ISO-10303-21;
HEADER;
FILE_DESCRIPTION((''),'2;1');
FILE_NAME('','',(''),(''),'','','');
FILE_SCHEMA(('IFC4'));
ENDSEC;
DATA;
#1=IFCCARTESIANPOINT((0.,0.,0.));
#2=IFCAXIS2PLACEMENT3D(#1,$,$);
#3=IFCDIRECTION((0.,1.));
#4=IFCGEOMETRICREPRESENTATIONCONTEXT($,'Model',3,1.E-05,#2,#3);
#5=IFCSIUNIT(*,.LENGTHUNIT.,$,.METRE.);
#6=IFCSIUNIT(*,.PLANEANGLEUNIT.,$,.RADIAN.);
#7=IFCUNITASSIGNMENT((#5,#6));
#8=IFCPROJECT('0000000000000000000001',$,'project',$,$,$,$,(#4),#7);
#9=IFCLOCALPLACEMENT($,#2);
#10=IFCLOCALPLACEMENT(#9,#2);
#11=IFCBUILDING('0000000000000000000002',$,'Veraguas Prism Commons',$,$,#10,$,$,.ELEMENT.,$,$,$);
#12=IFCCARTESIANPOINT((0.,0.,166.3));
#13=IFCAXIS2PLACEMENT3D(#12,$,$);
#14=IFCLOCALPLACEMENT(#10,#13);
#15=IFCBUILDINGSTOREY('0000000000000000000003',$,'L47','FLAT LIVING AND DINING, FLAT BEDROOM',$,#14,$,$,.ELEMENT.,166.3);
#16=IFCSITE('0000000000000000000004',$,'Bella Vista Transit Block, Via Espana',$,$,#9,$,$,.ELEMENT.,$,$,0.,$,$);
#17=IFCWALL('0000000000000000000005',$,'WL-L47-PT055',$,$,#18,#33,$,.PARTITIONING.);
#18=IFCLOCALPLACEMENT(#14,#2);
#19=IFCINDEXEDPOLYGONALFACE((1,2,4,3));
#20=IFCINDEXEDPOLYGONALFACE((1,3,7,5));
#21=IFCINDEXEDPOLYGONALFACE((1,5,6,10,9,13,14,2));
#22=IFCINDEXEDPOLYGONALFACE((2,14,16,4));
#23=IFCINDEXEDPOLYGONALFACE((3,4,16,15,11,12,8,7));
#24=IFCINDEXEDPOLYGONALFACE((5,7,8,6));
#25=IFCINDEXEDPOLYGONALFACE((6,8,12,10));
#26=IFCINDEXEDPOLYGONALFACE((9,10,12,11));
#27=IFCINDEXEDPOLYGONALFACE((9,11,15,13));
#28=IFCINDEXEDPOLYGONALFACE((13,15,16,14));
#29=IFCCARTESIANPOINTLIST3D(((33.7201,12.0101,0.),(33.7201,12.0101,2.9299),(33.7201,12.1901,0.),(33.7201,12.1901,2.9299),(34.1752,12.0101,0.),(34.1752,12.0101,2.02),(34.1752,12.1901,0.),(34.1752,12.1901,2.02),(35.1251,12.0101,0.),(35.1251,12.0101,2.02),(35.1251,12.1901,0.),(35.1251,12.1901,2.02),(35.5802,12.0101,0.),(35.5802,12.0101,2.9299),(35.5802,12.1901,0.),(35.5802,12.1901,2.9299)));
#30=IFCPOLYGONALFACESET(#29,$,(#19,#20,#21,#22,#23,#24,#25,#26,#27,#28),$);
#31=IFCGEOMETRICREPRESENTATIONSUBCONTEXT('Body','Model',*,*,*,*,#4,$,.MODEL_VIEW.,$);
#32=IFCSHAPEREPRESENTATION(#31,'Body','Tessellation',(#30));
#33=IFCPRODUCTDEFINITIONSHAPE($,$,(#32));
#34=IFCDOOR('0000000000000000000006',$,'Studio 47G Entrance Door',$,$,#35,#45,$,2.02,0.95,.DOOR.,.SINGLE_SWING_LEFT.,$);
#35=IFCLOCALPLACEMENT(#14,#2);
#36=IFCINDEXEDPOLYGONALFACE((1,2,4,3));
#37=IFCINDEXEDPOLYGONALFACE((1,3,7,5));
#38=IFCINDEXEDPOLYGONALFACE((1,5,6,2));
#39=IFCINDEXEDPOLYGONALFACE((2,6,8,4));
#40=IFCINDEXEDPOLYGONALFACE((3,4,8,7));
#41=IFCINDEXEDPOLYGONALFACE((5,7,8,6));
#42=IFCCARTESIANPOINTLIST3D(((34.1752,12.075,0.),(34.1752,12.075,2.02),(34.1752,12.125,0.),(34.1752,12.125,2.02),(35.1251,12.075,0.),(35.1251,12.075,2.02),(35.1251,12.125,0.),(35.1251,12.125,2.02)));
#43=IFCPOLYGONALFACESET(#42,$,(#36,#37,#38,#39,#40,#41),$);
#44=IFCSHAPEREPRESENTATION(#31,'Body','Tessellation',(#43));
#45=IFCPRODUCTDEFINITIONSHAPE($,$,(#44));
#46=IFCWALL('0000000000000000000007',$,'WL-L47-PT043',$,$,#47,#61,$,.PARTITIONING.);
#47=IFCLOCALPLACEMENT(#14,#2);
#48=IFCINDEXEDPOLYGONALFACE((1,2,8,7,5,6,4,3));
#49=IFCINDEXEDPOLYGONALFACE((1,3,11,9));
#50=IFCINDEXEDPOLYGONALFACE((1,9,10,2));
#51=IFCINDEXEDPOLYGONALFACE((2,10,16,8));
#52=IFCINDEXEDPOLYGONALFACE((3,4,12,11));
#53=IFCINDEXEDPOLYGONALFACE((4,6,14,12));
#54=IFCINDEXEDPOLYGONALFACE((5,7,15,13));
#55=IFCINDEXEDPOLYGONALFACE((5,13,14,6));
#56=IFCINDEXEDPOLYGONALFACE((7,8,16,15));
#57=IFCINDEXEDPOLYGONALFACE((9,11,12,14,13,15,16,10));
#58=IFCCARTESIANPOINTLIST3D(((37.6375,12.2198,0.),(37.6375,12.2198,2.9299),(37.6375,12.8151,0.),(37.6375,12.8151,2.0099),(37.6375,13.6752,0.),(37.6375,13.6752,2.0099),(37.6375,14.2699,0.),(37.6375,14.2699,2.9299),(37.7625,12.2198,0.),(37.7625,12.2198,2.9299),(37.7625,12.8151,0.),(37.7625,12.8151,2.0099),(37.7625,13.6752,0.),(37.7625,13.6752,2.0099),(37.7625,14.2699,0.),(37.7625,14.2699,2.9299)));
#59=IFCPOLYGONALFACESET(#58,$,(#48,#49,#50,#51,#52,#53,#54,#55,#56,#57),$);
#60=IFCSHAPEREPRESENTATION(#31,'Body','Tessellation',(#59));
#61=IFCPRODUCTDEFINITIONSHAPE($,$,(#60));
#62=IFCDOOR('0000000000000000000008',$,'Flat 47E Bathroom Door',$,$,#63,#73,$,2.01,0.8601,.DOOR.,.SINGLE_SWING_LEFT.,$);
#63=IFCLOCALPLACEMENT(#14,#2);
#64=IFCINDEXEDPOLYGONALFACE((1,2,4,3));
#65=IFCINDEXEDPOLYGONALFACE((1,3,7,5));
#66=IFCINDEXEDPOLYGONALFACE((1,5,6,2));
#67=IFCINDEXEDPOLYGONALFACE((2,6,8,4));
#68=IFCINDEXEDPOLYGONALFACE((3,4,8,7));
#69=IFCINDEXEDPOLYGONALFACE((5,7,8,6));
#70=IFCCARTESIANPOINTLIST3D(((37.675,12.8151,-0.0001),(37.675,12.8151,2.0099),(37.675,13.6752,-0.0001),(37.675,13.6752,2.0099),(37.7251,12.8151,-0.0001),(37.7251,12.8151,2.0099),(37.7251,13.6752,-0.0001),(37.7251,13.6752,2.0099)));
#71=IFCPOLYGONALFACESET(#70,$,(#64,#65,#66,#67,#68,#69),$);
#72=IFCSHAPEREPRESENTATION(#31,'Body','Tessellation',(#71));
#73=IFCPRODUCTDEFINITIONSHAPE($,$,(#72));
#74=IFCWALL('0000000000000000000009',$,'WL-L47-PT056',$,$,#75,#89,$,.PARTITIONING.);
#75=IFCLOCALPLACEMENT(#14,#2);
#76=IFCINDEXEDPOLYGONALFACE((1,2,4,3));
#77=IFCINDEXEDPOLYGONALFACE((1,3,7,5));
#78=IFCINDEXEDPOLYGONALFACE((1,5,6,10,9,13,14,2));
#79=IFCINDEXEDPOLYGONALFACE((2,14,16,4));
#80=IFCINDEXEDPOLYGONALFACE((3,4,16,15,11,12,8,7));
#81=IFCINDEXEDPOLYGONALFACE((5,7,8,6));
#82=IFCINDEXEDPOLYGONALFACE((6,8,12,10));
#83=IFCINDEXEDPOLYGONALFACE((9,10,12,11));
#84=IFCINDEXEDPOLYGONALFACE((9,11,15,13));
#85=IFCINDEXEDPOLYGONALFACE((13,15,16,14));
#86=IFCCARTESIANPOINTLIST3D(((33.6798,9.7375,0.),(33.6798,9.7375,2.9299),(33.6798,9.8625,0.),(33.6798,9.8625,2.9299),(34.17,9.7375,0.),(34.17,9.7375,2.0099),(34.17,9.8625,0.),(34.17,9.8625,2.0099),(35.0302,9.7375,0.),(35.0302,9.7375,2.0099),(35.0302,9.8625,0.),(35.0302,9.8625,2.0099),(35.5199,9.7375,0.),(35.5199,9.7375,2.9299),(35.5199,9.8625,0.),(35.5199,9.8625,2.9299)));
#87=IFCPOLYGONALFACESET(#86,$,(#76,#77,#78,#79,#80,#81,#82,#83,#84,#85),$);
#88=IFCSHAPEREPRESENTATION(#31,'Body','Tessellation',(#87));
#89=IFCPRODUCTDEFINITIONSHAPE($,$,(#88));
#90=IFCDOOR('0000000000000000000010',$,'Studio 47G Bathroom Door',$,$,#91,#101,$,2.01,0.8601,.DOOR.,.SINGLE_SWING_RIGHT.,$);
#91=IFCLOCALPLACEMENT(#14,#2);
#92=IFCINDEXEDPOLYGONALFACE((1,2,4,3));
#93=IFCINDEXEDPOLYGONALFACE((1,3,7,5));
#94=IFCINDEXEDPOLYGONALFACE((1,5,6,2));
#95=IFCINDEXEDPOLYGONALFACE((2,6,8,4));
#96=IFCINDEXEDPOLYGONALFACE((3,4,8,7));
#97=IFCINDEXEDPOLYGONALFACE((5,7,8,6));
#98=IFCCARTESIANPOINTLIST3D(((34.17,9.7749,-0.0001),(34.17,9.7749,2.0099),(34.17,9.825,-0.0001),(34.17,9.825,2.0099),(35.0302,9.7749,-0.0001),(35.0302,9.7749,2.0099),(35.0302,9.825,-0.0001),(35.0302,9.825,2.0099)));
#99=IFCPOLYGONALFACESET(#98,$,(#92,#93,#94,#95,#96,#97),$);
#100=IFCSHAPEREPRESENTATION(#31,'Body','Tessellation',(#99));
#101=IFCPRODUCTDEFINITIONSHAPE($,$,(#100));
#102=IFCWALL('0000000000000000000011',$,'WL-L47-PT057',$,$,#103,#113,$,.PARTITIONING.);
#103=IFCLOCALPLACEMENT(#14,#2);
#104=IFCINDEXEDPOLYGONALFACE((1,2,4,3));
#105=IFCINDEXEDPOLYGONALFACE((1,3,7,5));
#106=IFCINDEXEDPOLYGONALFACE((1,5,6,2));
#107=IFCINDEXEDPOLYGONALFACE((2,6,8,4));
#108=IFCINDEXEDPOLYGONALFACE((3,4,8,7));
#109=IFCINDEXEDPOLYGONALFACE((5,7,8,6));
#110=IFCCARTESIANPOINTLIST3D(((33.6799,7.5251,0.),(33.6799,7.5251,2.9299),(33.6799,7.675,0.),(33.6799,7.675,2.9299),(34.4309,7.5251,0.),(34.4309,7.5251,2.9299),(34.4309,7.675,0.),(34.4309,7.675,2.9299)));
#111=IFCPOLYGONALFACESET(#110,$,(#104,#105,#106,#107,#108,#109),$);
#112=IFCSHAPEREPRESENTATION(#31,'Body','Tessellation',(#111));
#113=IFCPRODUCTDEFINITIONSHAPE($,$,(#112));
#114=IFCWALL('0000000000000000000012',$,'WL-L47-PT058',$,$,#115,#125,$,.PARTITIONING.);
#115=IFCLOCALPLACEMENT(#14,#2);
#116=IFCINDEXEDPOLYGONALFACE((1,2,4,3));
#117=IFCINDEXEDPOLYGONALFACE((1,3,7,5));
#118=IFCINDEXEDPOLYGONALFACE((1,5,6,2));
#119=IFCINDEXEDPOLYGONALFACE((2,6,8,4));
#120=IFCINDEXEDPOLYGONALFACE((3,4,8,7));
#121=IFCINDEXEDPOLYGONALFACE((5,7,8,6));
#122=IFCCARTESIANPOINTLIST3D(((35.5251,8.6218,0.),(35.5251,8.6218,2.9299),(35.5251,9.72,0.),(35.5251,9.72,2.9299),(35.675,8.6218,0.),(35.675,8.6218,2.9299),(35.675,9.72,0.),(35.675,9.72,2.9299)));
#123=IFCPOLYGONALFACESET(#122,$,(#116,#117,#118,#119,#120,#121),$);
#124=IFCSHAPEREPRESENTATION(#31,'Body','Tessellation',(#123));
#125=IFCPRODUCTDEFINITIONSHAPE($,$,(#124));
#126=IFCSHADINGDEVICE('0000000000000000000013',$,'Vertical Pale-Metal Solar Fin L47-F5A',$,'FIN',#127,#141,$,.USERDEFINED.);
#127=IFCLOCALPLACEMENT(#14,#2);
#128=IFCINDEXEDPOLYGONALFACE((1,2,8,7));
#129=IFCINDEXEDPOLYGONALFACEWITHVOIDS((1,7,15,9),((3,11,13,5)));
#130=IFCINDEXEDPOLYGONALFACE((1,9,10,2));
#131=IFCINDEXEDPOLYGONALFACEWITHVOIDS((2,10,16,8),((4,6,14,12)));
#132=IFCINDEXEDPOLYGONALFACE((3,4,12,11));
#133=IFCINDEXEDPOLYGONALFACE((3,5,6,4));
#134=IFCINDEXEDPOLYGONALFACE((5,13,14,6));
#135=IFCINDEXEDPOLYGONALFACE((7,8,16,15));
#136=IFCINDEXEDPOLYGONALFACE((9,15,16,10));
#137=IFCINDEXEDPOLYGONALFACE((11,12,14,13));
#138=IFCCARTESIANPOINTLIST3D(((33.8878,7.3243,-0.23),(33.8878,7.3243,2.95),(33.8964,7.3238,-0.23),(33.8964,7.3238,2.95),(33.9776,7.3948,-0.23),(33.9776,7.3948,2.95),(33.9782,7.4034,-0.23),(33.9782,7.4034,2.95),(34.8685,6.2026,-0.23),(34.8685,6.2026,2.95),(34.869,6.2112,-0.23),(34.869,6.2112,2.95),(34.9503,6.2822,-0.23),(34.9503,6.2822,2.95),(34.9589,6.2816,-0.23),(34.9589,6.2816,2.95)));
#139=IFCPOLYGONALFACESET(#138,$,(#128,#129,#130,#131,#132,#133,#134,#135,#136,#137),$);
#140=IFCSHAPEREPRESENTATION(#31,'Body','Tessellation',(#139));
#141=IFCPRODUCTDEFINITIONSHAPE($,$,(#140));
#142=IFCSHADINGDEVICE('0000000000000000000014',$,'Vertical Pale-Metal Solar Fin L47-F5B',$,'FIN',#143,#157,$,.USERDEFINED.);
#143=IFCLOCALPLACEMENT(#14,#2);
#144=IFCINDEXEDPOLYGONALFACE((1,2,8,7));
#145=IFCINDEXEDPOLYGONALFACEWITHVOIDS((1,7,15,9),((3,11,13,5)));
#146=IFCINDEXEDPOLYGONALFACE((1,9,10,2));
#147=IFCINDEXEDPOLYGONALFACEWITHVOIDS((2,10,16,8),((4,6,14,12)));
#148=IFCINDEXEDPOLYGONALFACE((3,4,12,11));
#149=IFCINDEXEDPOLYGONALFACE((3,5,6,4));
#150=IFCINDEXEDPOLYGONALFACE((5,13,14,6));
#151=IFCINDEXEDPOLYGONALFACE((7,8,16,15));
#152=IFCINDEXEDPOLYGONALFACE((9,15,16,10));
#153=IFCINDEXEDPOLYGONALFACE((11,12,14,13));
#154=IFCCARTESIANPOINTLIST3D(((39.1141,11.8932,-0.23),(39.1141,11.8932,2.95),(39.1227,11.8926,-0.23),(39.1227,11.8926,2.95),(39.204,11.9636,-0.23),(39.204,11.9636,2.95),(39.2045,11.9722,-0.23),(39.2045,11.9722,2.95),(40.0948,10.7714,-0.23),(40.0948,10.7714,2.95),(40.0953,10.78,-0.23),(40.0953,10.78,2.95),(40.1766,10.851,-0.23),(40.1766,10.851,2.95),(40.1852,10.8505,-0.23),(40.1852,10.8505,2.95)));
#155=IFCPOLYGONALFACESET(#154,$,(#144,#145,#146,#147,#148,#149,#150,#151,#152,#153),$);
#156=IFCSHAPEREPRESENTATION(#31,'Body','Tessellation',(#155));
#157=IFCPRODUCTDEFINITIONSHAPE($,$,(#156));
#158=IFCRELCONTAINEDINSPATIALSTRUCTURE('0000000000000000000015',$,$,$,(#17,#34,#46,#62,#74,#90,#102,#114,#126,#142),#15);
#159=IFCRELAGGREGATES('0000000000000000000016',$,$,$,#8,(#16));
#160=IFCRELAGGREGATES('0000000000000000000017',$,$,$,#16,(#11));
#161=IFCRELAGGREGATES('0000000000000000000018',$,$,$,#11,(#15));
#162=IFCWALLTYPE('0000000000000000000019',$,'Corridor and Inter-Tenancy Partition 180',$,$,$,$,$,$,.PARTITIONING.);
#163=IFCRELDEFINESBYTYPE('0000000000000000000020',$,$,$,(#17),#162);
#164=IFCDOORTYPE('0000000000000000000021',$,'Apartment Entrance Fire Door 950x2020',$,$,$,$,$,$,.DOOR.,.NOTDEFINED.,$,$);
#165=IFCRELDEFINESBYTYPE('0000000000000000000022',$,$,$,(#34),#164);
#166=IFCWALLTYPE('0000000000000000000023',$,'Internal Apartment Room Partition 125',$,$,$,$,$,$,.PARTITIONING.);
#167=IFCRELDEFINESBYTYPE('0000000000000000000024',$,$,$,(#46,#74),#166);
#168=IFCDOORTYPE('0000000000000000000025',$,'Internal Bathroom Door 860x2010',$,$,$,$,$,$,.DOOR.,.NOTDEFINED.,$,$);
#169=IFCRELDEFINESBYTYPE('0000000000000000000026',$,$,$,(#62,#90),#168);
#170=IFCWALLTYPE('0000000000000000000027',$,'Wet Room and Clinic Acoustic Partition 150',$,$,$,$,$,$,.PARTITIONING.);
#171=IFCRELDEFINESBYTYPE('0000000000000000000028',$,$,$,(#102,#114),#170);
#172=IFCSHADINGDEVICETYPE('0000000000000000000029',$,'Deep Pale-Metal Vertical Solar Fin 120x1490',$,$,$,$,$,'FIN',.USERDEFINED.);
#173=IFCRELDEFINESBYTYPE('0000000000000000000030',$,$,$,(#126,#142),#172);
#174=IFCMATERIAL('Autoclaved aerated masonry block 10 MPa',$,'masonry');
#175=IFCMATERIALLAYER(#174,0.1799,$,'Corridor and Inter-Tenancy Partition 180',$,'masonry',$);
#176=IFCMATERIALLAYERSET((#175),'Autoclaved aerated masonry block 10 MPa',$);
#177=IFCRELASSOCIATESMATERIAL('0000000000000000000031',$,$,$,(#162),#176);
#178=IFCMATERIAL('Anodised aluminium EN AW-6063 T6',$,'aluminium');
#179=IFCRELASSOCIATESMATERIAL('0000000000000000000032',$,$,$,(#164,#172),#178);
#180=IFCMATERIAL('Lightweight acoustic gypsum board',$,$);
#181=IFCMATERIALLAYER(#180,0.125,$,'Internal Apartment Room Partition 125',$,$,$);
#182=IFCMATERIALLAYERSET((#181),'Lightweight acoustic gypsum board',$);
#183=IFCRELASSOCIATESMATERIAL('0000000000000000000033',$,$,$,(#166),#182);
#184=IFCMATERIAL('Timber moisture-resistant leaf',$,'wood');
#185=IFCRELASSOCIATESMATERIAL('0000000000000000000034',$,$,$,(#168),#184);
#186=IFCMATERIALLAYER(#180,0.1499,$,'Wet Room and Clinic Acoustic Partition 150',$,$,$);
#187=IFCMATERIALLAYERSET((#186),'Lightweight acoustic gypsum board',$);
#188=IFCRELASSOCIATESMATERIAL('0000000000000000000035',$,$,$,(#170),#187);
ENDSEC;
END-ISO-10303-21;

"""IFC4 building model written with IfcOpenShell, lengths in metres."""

from ifc_helpers import new_model, si_unit, direction, frame, frame_2d, origin, origin_2d, place, context, subcontext, project, spatial, rectangle, hollow_rectangle, extrude, source, transform, mapped, material, layer, layer_set, material_profile, profile_set, type_object, element, fill, save


model = new_model("IFC4")

# Units and contexts
model_context = context("Model", 3, precision=1e-05, world=origin(), true_north=direction((0.0, 1.0)))
body_context = subcontext(model_context, "Body", "Model", "MODEL_VIEW")
ifc_project = project(units=[si_unit("LENGTHUNIT", "METRE"), si_unit("PLANEANGLEUNIT", "RADIAN")], contexts=[model_context])

# Site, building, storey
site_placement = place(None, origin())
site = spatial("IfcSite", under=ifc_project, at=site_placement, Name="Bella Vista Transit Block, Via Espana", CompositionType="ELEMENT", RefElevation=0.0)
building_placement = place(site_placement, origin())
building = spatial("IfcBuilding", under=site, at=building_placement, Name="Veraguas Prism Commons", CompositionType="ELEMENT")
storey_placement = place(building_placement, frame((0.0, 0.0, 166.3)))
storey = spatial("IfcBuildingStorey", under=building, at=storey_placement, Name="L47", Description="FLAT LIVING AND DINING, FLAT BEDROOM", CompositionType="ELEMENT", Elevation=166.3)

# Shared definitions
ifc_material_1 = material(Name="Anodised aluminium EN AW-6063 T6", Category="aluminium")

# Shared definitions
ifc_material_2 = material(Name="Autoclaved aerated masonry block 10 MPa", Category="masonry")
ifc_layer_1 = layer(ifc_material_2, 0.1799, Name="Corridor and Inter-Tenancy Partition 180", Category="masonry")
ifc_layer_set_1 = layer_set([ifc_layer_1], Name="Autoclaved aerated masonry block 10 MPa")
wall_type_1 = type_object("IfcWallType", Name="Corridor and Inter-Tenancy Partition 180", PredefinedType="PARTITIONING", material=ifc_layer_set_1)

# Walls, openings, doors
door_type_1 = type_object("IfcDoorType", Name="Apartment Entrance Fire Door 950x2020", OperationType="NOTDEFINED", PredefinedType="DOOR", material=ifc_material_1)
shared_shape_1 = source(origin(), body_context, "Body", "SweptSolid", [
    extrude(rectangle(XDim=0.95, YDim=2.02, at=frame_2d((0.4751, 1.01))), frame((0.0, 0.0249, 0.0), z_axis=(0.0, -1.0, 0.0), x_axis=(1.0, 0.0, 0.0)), (0.0, 0.0, 1.0), 0.05),
])
wall_1_placement = place(storey_placement, frame((33.72, 12.1001, 0.0), z_axis=(0.0, 0.0, 1.0), x_axis=(1.0, 0.0, 0.0)))
wall_1 = element("IfcWall", 1, at=wall_1_placement, inside=storey, type_object=wall_type_1, Name="WL-L47-PT055", PredefinedType="PARTITIONING", context=body_context, shape_type="SweptSolid", body=[
    extrude(rectangle(XDim=1.8601, YDim=0.1799, at=frame_2d((0.9302, 0.0))), origin(), (0.0, 0.0, 1.0), 2.9299),
])
opening_1_placement = place(wall_1_placement, frame((0.4551, 0.0, 0.0)))
opening_1 = element("IfcOpeningElement", 2, at=opening_1_placement, cuts=wall_1, PredefinedType="OPENING", context=body_context, shape_type="SweptSolid", body=[
    extrude(rectangle(XDim=0.95, YDim=2.02, at=frame_2d((0.4751, 1.01))), frame((0.0, 0.0999, 0.0), z_axis=(0.0, -1.0, 0.0), x_axis=(1.0, 0.0, 0.0)), (0.0, 0.0, 1.0), 0.2),
])
door_1_placement = place(opening_1_placement, origin())
door_1 = element("IfcDoor", 3, at=door_1_placement, inside=storey, type_object=door_type_1, Name="Studio 47G Entrance Door", OperationType="SINGLE_SWING_LEFT", OverallHeight=2.02, OverallWidth=0.95, PredefinedType="DOOR", context=body_context, shape_type="MappedRepresentation", body=[
    mapped(shared_shape_1, transform((0.0, 0.0, 0.0), scale=1.0)),
])
fill(opening_1, door_1)
ifc_material_3 = material(Name="Lightweight acoustic gypsum board")
ifc_layer_2 = layer(ifc_material_3, 0.125, Name="Internal Apartment Room Partition 125")
ifc_layer_set_2 = layer_set([ifc_layer_2], Name="Lightweight acoustic gypsum board")
wall_type_2 = type_object("IfcWallType", Name="Internal Apartment Room Partition 125", PredefinedType="PARTITIONING", material=ifc_layer_set_2)
wall_2_placement = place(storey_placement, frame((37.7, 12.22, 0.0), z_axis=(0.0, 0.0, 1.0), x_axis=(0.0, 1.0, 0.0)))
wall_2 = element("IfcWall", 4, at=wall_2_placement, inside=storey, type_object=wall_type_2, Name="WL-L47-PT043", PredefinedType="PARTITIONING", context=body_context, shape_type="SweptSolid", body=[
    extrude(rectangle(XDim=2.05, YDim=0.125, at=frame_2d((1.0249, 0.0))), origin(), (0.0, 0.0, 1.0), 2.9299),
])
opening_2_placement = place(wall_2_placement, frame((0.595, 0.0, 0.0)))
opening_2 = element("IfcOpeningElement", 5, at=opening_2_placement, cuts=wall_2, PredefinedType="OPENING", context=body_context, shape_type="SweptSolid", body=[
    extrude(rectangle(XDim=0.8601, YDim=2.01, at=frame_2d((0.4302, 1.0049))), frame((0.0, 0.0725, 0.0), z_axis=(0.0, -1.0, 0.0), x_axis=(1.0, 0.0, 0.0)), (0.0, 0.0, 1.0), 0.145),
])
ifc_material_4 = material(Name="Timber moisture-resistant leaf", Category="wood")
door_type_2 = type_object("IfcDoorType", Name="Internal Bathroom Door 860x2010", OperationType="NOTDEFINED", PredefinedType="DOOR", material=ifc_material_4)
shared_shape_2 = source(origin(), body_context, "Body", "SweptSolid", [
    extrude(rectangle(XDim=0.8601, YDim=2.01, at=frame_2d((0.4302, 1.0049))), frame((0.0, 0.0249, 0.0), z_axis=(0.0, -1.0, 0.0), x_axis=(1.0, 0.0, 0.0)), (0.0, 0.0, 1.0), 0.05),
])
door_2_placement = place(opening_2_placement, origin())
door_2 = element("IfcDoor", 6, at=door_2_placement, inside=storey, type_object=door_type_2, Name="Flat 47E Bathroom Door", OperationType="SINGLE_SWING_LEFT", OverallHeight=2.01, OverallWidth=0.8601, PredefinedType="DOOR", context=body_context, shape_type="MappedRepresentation", body=[
    mapped(shared_shape_2, transform((0.0, 0.0, 0.0), scale=1.0)),
])
fill(opening_2, door_2)
wall_3_placement = place(storey_placement, frame((33.6799, 9.8, 0.0), z_axis=(0.0, 0.0, 1.0), x_axis=(1.0, 0.0, 0.0)))
wall_3 = element("IfcWall", 7, at=wall_3_placement, inside=storey, type_object=wall_type_2, Name="WL-L47-PT056", PredefinedType="PARTITIONING", context=body_context, shape_type="SweptSolid", body=[
    extrude(rectangle(XDim=1.8401, YDim=0.125, at=frame_2d((0.9199, 0.0))), origin(), (0.0, 0.0, 1.0), 2.9299),
])
opening_3_placement = place(wall_3_placement, frame((0.49, 0.0, 0.0)))
opening_3 = element("IfcOpeningElement", 8, at=opening_3_placement, cuts=wall_3, PredefinedType="OPENING", context=body_context, shape_type="SweptSolid", body=[
    extrude(rectangle(XDim=0.8601, YDim=2.01, at=frame_2d((0.4302, 1.0049))), frame((0.0, 0.0725, 0.0), z_axis=(0.0, -1.0, 0.0), x_axis=(1.0, 0.0, 0.0)), (0.0, 0.0, 1.0), 0.145),
])
door_3_placement = place(opening_3_placement, origin())
door_3 = element("IfcDoor", 9, at=door_3_placement, inside=storey, type_object=door_type_2, Name="Studio 47G Bathroom Door", OperationType="SINGLE_SWING_RIGHT", OverallHeight=2.01, OverallWidth=0.8601, PredefinedType="DOOR", context=body_context, shape_type="MappedRepresentation", body=[
    mapped(shared_shape_2, transform((0.0, 0.0, 0.0), scale=1.0)),
])
fill(opening_3, door_3)

# Walls
ifc_layer_3 = layer(ifc_material_3, 0.1499, Name="Wet Room and Clinic Acoustic Partition 150")
ifc_layer_set_3 = layer_set([ifc_layer_3], Name="Lightweight acoustic gypsum board")
wall_type_3 = type_object("IfcWallType", Name="Wet Room and Clinic Acoustic Partition 150", PredefinedType="PARTITIONING", material=ifc_layer_set_3)
wall_4_placement = place(storey_placement, frame((33.6799, 7.6001, 0.0), z_axis=(0.0, 0.0, 1.0), x_axis=(1.0, 0.0, 0.0)))
element("IfcWall", 10, at=wall_4_placement, inside=storey, type_object=wall_type_3, Name="WL-L47-PT057", PredefinedType="PARTITIONING", context=body_context, shape_type="SweptSolid", body=[
    extrude(rectangle(XDim=0.751, YDim=0.1499, at=frame_2d((0.3755, 0.0))), origin(), (0.0, 0.0, 1.0), 2.9299),
])
wall_5_placement = place(storey_placement, frame((35.6001, 8.6218, 0.0), z_axis=(0.0, 0.0, 1.0), x_axis=(0.0, 1.0, 0.0)))
element("IfcWall", 11, at=wall_5_placement, inside=storey, type_object=wall_type_3, Name="WL-L47-PT058", PredefinedType="PARTITIONING", context=body_context, shape_type="SweptSolid", body=[
    extrude(rectangle(XDim=1.0981, YDim=0.1499, at=frame_2d((0.5491, 0.0))), origin(), (0.0, 0.0, 1.0), 2.9299),
])

# Shading devices
ifc_material_profile_1 = material_profile(ifc_material_1, hollow_rectangle(XDim=0.1201, YDim=1.49, WallThickness=0.0061, at=origin_2d()), Name="FIN120X1490X6")
ifc_profile_set_1 = profile_set([ifc_material_profile_1], Name="Anodised aluminium EN AW-6063 T6")
shading_device_type = type_object("IfcShadingDeviceType", Name="Deep Pale-Metal Vertical Solar Fin 120x1490", ElementType="FIN", PredefinedType="USERDEFINED", material=ifc_profile_set_1)
for number, where, z_axis, x_axis, name in (
    (12, (34.4233, 6.803, -0.23), (0.0, 0.0, 1.0), (0.752873, 0.658165, 0.0), "Vertical Pale-Metal Solar Fin L47-F5A"),
    (13, (39.6497, 11.3718, -0.23), (0.0, 0.0, 1.0), (0.752873, 0.658165, 0.0), "Vertical Pale-Metal Solar Fin L47-F5B"),
):
    element("IfcShadingDevice", number, at=place(storey_placement, frame(where, z_axis=z_axis, x_axis=x_axis)), inside=storey, type_object=shading_device_type, Name=name, ObjectType="FIN", PredefinedType="USERDEFINED", context=body_context, shape_type="SweptSolid", body=[
        extrude(hollow_rectangle(XDim=0.1201, YDim=1.49, WallThickness=0.0061, at=origin_2d()), origin(), (0.0, 0.0, 1.0), 3.1799),
    ])

save(model, "model.ifc")
